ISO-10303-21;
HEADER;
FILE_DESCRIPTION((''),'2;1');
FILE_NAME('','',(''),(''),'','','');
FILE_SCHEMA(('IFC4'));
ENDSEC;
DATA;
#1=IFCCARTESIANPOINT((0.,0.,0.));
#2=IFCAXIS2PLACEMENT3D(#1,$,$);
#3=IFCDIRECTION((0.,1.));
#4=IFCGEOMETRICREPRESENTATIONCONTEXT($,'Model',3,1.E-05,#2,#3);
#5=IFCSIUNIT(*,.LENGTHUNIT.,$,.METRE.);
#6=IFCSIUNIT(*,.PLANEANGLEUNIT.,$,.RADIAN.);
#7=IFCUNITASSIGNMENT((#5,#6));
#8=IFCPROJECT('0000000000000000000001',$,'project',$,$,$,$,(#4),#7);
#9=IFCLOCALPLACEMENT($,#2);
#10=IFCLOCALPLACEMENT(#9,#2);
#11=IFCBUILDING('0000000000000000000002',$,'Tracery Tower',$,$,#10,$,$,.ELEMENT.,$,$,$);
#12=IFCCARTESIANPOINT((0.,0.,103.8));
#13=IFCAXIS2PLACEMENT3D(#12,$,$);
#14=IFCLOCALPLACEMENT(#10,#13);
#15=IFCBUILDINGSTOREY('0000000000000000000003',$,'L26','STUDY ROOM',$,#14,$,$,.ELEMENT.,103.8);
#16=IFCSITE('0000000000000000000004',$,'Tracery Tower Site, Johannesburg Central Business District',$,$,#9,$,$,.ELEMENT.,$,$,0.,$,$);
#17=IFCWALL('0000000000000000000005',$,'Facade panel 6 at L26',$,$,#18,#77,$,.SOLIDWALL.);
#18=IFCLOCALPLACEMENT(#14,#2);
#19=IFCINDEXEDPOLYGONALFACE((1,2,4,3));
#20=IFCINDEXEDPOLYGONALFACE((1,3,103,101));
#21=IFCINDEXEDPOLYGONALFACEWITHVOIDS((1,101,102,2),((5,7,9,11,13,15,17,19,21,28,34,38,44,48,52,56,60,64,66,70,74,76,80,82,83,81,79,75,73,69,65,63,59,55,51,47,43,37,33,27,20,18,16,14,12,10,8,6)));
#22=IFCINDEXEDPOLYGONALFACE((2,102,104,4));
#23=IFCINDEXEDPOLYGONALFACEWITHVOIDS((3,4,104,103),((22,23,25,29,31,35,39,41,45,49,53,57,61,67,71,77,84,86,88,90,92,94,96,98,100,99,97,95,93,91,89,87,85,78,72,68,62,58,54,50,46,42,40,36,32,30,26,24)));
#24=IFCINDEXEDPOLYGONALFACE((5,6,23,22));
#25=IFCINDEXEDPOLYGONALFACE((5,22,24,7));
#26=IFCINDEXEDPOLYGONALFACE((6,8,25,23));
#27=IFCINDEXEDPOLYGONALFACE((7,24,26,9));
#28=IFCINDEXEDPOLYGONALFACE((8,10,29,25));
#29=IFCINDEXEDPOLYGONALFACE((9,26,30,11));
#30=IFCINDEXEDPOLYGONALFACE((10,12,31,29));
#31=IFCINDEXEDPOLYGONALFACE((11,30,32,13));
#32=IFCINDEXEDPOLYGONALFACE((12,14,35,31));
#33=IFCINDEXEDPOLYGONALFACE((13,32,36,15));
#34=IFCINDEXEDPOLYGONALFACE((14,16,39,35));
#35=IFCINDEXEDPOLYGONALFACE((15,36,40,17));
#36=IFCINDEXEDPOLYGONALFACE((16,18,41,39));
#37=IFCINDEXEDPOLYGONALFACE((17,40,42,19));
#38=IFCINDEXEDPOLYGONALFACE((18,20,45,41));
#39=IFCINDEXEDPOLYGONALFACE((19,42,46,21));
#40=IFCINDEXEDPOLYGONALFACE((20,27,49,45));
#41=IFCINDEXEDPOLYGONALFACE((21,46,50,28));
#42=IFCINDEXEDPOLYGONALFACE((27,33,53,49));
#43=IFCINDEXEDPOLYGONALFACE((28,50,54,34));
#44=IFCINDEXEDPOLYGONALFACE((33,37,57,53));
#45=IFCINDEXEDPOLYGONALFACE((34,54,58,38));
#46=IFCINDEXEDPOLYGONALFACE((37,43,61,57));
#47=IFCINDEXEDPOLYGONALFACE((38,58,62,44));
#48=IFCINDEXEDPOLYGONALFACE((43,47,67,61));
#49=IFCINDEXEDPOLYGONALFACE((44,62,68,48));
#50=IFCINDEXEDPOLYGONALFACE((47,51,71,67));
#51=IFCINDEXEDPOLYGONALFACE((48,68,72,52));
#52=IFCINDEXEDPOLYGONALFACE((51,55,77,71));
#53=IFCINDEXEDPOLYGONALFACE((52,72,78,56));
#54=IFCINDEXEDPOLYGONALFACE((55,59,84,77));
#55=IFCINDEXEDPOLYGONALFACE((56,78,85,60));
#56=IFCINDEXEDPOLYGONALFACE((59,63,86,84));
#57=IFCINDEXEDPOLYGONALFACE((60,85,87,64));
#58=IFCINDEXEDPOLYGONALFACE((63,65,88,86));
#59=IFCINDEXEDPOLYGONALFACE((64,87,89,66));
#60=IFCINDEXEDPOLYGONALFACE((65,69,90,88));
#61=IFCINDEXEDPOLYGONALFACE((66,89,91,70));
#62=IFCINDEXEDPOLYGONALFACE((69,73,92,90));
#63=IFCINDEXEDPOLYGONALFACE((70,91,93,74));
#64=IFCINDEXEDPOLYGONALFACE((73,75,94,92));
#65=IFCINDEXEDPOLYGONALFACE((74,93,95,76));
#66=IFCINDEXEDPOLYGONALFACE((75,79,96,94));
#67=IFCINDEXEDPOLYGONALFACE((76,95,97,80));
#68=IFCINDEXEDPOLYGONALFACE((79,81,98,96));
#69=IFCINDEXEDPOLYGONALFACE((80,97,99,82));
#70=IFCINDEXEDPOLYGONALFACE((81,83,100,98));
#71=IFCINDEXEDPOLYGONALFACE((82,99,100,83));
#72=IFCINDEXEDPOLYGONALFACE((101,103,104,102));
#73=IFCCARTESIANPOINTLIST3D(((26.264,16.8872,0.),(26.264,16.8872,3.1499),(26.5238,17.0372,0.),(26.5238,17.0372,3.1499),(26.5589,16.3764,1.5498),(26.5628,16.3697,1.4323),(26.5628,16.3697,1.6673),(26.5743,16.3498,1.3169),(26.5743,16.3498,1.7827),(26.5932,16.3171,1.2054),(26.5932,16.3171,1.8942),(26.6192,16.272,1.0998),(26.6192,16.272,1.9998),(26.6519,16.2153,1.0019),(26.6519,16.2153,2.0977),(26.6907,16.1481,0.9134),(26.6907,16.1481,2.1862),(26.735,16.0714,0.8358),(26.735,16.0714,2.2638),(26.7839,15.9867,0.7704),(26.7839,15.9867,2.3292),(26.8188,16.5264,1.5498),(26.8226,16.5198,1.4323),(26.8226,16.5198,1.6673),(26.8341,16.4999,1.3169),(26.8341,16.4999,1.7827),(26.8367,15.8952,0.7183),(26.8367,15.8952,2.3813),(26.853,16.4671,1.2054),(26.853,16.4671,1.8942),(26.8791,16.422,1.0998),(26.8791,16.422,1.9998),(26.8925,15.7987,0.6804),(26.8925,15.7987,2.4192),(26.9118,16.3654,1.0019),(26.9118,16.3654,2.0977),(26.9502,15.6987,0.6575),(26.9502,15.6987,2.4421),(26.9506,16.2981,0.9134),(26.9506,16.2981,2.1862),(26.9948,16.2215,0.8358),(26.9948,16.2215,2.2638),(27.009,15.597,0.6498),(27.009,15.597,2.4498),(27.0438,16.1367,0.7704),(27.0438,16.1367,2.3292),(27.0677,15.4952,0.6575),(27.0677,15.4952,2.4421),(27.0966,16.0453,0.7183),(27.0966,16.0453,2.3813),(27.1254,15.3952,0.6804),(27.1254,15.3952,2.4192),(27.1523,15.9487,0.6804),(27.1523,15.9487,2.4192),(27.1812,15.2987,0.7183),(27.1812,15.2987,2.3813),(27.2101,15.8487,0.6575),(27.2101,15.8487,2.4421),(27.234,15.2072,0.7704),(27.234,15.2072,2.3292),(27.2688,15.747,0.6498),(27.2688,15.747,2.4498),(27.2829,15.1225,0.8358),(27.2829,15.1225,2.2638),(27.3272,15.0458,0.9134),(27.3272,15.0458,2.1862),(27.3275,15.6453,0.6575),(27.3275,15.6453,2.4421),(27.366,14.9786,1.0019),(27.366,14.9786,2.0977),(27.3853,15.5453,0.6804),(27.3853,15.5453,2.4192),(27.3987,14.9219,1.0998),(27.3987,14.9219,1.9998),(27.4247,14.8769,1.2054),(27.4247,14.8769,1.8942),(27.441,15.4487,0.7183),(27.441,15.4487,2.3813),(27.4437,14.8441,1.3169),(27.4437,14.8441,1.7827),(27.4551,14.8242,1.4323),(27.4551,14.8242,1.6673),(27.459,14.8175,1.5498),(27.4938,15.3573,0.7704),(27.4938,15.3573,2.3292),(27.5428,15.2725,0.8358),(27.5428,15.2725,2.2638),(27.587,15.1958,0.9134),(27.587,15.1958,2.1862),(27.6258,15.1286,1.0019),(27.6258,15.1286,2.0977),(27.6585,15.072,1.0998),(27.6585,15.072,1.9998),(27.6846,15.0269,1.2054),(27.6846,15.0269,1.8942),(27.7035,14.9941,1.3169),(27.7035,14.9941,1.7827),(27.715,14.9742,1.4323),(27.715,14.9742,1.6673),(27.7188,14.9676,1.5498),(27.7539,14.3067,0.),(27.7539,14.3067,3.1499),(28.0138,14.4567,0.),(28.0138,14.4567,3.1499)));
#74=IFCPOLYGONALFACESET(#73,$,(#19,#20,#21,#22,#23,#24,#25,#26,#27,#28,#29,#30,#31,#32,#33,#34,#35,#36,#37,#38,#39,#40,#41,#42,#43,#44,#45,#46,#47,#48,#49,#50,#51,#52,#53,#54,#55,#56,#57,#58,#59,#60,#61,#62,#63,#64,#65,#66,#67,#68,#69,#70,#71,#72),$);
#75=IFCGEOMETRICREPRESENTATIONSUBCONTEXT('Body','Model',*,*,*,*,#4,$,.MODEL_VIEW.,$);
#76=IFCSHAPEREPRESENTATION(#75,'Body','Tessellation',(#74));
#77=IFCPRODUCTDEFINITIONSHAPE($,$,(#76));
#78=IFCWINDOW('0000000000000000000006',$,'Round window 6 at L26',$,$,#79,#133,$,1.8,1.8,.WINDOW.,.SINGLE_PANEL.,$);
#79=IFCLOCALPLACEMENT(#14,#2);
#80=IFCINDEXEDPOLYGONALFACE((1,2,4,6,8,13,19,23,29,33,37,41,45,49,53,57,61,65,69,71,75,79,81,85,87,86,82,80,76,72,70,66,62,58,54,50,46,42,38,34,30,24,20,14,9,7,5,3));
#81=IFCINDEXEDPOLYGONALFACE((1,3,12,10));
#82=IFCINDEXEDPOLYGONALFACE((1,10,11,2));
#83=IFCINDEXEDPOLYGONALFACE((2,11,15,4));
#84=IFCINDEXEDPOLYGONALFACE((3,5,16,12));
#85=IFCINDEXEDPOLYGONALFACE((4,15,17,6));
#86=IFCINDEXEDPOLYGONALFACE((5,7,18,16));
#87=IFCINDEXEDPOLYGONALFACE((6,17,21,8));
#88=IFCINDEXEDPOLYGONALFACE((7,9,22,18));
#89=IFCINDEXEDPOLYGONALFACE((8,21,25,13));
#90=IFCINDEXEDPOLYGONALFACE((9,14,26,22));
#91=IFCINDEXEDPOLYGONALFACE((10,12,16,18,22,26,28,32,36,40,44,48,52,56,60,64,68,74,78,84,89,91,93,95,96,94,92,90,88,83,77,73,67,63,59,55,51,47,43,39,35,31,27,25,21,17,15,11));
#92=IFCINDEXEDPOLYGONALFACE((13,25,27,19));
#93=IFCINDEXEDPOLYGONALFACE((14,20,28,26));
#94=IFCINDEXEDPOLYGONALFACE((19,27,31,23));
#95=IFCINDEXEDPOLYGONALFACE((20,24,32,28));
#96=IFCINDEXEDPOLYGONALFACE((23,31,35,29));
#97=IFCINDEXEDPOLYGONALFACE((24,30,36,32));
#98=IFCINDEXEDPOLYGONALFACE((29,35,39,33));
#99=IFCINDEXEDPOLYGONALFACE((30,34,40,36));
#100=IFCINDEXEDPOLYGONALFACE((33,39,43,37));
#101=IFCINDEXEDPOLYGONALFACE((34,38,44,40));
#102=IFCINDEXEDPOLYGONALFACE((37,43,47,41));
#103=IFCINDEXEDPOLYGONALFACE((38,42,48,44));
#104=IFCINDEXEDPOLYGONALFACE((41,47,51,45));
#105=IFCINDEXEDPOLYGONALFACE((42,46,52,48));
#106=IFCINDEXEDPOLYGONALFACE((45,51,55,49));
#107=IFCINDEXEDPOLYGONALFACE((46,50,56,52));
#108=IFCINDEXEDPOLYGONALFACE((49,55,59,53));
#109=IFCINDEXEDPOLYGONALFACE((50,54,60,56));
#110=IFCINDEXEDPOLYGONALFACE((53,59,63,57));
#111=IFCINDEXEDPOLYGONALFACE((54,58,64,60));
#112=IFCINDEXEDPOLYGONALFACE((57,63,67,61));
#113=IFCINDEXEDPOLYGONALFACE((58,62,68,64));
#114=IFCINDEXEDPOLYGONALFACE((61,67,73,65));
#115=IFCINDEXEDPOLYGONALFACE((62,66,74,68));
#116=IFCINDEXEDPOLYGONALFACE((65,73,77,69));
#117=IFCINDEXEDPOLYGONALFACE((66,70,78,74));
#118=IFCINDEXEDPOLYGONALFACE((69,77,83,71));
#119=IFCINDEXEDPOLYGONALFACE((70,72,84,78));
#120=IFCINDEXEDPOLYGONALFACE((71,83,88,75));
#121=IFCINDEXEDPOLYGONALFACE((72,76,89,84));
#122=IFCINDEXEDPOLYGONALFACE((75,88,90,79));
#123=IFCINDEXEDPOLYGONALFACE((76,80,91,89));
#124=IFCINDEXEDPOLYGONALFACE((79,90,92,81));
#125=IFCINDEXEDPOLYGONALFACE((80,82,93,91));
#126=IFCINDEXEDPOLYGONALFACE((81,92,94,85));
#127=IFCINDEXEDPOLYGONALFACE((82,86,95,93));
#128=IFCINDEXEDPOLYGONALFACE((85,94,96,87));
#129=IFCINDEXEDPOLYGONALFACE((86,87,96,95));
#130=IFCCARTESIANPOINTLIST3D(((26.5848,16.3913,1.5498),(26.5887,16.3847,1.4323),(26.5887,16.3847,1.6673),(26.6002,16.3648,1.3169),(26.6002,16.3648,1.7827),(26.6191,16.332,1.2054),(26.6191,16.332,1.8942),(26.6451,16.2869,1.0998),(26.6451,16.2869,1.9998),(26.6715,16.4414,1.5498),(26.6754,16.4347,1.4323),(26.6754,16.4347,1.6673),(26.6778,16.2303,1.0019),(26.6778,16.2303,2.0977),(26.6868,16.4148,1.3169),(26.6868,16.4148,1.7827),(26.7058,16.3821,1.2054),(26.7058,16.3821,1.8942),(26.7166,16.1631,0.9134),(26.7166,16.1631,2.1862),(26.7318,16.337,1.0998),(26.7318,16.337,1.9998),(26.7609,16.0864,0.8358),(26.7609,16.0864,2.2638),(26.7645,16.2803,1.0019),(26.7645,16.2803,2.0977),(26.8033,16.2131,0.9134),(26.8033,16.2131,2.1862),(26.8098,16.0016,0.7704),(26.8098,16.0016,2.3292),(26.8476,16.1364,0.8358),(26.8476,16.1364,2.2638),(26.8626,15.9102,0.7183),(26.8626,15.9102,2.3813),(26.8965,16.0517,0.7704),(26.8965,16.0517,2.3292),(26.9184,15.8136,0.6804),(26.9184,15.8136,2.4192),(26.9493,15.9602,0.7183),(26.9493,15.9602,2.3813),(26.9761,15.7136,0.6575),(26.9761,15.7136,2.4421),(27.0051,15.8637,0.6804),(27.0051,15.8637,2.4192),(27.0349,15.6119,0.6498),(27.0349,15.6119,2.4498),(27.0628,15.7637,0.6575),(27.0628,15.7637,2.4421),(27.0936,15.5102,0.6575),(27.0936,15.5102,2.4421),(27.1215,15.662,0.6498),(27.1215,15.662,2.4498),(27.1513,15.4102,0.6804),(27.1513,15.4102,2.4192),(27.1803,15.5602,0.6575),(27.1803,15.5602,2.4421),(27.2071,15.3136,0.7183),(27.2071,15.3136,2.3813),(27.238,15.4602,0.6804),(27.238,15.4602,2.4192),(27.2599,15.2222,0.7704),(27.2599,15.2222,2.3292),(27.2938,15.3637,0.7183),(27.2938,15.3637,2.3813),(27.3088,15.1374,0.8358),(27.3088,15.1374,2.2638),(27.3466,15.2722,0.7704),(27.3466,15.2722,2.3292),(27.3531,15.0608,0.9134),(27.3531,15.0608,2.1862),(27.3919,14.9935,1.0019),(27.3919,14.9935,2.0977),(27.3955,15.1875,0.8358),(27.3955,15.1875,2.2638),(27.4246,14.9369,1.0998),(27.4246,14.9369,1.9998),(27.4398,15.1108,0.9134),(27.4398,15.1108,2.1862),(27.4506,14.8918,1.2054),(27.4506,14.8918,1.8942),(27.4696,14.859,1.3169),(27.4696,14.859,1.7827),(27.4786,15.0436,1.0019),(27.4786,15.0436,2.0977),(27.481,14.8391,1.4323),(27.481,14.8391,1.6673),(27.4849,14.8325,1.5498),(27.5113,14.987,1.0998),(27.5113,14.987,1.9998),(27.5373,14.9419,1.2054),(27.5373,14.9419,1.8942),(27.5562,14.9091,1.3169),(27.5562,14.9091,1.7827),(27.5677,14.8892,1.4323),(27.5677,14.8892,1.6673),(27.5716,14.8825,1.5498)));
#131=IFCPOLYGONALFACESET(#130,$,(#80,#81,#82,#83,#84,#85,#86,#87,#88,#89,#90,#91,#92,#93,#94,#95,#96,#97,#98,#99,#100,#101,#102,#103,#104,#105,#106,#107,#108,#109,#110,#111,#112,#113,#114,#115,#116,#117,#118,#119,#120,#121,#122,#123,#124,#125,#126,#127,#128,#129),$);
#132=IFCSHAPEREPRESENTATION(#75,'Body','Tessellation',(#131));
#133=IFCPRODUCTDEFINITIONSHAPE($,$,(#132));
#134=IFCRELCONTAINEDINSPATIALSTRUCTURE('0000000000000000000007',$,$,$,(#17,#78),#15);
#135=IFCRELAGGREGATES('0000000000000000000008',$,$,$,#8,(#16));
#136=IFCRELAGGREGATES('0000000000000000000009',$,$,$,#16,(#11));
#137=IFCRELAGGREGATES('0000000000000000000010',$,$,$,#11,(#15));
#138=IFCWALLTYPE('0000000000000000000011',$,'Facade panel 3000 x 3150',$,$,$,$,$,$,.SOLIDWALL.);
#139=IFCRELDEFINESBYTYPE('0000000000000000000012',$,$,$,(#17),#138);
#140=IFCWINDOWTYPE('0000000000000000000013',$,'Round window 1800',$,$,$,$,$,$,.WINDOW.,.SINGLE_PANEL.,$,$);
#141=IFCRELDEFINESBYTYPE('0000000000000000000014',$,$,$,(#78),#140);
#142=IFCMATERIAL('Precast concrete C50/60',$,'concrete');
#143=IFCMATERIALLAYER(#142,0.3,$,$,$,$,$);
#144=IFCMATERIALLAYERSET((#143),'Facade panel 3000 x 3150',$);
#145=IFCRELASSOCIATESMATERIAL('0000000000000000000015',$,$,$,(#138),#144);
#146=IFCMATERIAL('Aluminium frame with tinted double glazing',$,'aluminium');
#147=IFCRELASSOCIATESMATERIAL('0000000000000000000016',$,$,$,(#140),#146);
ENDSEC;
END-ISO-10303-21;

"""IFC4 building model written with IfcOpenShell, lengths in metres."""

from ifc_helpers import new_model, si_unit, direction, frame, frame_2d, origin, origin_2d, place, context, subcontext, project, spatial, rectangle, circle, extrude, material, layer, layer_set, type_object, element, fill, save


model = new_model("IFC4")

# Units and contexts
model_context = context("Model", 3, precision=1e-05, world=origin(), true_north=direction((0.0, 1.0)))
body_context = subcontext(model_context, "Body", "Model", "MODEL_VIEW")
ifc_project = project(units=[si_unit("LENGTHUNIT", "METRE"), si_unit("PLANEANGLEUNIT", "RADIAN")], contexts=[model_context])

# Site, building, storey
site_placement = place(None, origin())
site = spatial("IfcSite", under=ifc_project, at=site_placement, Name="Tracery Tower Site, Johannesburg Central Business District", CompositionType="ELEMENT", RefElevation=0.0)
building_placement = place(site_placement, origin())
building = spatial("IfcBuilding", under=site, at=building_placement, Name="Tracery Tower", CompositionType="ELEMENT")
storey_placement = place(building_placement, frame((0.0, 0.0, 103.8)))
storey = spatial("IfcBuildingStorey", under=building, at=storey_placement, Name="L26", Description="STUDY ROOM", CompositionType="ELEMENT", Elevation=103.8)

# Wall, opening, window
ifc_material_1 = material(Name="Precast concrete C50/60", Category="concrete")
ifc_layer_1 = layer(ifc_material_1, 0.3)
ifc_layer_set_1 = layer_set([ifc_layer_1], Name="Facade panel 3000 x 3150")
wall_type_1 = type_object("IfcWallType", Name="Facade panel 3000 x 3150", PredefinedType="SOLIDWALL", material=ifc_layer_set_1)
wall_1_placement = place(storey_placement, frame((27.8838, 14.3818, 0.0), z_axis=(0.0, 0.0, 1.0), x_axis=(-0.500025, 0.866011, 0.0)))
wall_1 = element("IfcWall", 1, at=wall_1_placement, inside=storey, type_object=wall_type_1, Name="Facade panel 6 at L26", PredefinedType="SOLIDWALL", context=body_context, shape_type="SweptSolid", body=[
    extrude(rectangle(XDim=2.9797, YDim=0.3, at=frame_2d((1.4897, 0.0))), origin(), (0.0, 0.0, 1.0), 3.1499),
])
opening_1_placement = place(wall_1_placement, frame((1.4897, 0.0, 1.5498)))
opening_1 = element("IfcOpeningElement", 2, at=opening_1_placement, cuts=wall_1, PredefinedType="OPENING", context=body_context, shape_type="SweptSolid", body=[
    extrude(circle(Radius=0.9, at=origin_2d()), frame((0.0, 0.1599, 0.0), z_axis=(0.0, -1.0, 0.0), x_axis=(1.0, 0.0, 0.0)), (0.0, 0.0, 1.0), 0.3201),
])
ifc_material_2 = material(Name="Aluminium frame with tinted double glazing", Category="aluminium")
window_type = type_object("IfcWindowType", Name="Round window 1800", PartitioningType="SINGLE_PANEL", PredefinedType="WINDOW", material=ifc_material_2)
window_1_placement = place(opening_1_placement, origin())
window_1 = element("IfcWindow", 3, at=window_1_placement, inside=storey, type_object=window_type, Name="Round window 6 at L26", OverallHeight=1.8, OverallWidth=1.8, PartitioningType="SINGLE_PANEL", PredefinedType="WINDOW", context=body_context, shape_type="SweptSolid", body=[
    extrude(circle(Radius=0.9, at=origin_2d()), frame((0.0, 0.1201, 0.0), z_axis=(0.0, -1.0, 0.0), x_axis=(1.0, 0.0, 0.0)), (0.0, 0.0, 1.0), 0.1001),
])
fill(opening_1, window_1)

save(model, "model.ifc")
